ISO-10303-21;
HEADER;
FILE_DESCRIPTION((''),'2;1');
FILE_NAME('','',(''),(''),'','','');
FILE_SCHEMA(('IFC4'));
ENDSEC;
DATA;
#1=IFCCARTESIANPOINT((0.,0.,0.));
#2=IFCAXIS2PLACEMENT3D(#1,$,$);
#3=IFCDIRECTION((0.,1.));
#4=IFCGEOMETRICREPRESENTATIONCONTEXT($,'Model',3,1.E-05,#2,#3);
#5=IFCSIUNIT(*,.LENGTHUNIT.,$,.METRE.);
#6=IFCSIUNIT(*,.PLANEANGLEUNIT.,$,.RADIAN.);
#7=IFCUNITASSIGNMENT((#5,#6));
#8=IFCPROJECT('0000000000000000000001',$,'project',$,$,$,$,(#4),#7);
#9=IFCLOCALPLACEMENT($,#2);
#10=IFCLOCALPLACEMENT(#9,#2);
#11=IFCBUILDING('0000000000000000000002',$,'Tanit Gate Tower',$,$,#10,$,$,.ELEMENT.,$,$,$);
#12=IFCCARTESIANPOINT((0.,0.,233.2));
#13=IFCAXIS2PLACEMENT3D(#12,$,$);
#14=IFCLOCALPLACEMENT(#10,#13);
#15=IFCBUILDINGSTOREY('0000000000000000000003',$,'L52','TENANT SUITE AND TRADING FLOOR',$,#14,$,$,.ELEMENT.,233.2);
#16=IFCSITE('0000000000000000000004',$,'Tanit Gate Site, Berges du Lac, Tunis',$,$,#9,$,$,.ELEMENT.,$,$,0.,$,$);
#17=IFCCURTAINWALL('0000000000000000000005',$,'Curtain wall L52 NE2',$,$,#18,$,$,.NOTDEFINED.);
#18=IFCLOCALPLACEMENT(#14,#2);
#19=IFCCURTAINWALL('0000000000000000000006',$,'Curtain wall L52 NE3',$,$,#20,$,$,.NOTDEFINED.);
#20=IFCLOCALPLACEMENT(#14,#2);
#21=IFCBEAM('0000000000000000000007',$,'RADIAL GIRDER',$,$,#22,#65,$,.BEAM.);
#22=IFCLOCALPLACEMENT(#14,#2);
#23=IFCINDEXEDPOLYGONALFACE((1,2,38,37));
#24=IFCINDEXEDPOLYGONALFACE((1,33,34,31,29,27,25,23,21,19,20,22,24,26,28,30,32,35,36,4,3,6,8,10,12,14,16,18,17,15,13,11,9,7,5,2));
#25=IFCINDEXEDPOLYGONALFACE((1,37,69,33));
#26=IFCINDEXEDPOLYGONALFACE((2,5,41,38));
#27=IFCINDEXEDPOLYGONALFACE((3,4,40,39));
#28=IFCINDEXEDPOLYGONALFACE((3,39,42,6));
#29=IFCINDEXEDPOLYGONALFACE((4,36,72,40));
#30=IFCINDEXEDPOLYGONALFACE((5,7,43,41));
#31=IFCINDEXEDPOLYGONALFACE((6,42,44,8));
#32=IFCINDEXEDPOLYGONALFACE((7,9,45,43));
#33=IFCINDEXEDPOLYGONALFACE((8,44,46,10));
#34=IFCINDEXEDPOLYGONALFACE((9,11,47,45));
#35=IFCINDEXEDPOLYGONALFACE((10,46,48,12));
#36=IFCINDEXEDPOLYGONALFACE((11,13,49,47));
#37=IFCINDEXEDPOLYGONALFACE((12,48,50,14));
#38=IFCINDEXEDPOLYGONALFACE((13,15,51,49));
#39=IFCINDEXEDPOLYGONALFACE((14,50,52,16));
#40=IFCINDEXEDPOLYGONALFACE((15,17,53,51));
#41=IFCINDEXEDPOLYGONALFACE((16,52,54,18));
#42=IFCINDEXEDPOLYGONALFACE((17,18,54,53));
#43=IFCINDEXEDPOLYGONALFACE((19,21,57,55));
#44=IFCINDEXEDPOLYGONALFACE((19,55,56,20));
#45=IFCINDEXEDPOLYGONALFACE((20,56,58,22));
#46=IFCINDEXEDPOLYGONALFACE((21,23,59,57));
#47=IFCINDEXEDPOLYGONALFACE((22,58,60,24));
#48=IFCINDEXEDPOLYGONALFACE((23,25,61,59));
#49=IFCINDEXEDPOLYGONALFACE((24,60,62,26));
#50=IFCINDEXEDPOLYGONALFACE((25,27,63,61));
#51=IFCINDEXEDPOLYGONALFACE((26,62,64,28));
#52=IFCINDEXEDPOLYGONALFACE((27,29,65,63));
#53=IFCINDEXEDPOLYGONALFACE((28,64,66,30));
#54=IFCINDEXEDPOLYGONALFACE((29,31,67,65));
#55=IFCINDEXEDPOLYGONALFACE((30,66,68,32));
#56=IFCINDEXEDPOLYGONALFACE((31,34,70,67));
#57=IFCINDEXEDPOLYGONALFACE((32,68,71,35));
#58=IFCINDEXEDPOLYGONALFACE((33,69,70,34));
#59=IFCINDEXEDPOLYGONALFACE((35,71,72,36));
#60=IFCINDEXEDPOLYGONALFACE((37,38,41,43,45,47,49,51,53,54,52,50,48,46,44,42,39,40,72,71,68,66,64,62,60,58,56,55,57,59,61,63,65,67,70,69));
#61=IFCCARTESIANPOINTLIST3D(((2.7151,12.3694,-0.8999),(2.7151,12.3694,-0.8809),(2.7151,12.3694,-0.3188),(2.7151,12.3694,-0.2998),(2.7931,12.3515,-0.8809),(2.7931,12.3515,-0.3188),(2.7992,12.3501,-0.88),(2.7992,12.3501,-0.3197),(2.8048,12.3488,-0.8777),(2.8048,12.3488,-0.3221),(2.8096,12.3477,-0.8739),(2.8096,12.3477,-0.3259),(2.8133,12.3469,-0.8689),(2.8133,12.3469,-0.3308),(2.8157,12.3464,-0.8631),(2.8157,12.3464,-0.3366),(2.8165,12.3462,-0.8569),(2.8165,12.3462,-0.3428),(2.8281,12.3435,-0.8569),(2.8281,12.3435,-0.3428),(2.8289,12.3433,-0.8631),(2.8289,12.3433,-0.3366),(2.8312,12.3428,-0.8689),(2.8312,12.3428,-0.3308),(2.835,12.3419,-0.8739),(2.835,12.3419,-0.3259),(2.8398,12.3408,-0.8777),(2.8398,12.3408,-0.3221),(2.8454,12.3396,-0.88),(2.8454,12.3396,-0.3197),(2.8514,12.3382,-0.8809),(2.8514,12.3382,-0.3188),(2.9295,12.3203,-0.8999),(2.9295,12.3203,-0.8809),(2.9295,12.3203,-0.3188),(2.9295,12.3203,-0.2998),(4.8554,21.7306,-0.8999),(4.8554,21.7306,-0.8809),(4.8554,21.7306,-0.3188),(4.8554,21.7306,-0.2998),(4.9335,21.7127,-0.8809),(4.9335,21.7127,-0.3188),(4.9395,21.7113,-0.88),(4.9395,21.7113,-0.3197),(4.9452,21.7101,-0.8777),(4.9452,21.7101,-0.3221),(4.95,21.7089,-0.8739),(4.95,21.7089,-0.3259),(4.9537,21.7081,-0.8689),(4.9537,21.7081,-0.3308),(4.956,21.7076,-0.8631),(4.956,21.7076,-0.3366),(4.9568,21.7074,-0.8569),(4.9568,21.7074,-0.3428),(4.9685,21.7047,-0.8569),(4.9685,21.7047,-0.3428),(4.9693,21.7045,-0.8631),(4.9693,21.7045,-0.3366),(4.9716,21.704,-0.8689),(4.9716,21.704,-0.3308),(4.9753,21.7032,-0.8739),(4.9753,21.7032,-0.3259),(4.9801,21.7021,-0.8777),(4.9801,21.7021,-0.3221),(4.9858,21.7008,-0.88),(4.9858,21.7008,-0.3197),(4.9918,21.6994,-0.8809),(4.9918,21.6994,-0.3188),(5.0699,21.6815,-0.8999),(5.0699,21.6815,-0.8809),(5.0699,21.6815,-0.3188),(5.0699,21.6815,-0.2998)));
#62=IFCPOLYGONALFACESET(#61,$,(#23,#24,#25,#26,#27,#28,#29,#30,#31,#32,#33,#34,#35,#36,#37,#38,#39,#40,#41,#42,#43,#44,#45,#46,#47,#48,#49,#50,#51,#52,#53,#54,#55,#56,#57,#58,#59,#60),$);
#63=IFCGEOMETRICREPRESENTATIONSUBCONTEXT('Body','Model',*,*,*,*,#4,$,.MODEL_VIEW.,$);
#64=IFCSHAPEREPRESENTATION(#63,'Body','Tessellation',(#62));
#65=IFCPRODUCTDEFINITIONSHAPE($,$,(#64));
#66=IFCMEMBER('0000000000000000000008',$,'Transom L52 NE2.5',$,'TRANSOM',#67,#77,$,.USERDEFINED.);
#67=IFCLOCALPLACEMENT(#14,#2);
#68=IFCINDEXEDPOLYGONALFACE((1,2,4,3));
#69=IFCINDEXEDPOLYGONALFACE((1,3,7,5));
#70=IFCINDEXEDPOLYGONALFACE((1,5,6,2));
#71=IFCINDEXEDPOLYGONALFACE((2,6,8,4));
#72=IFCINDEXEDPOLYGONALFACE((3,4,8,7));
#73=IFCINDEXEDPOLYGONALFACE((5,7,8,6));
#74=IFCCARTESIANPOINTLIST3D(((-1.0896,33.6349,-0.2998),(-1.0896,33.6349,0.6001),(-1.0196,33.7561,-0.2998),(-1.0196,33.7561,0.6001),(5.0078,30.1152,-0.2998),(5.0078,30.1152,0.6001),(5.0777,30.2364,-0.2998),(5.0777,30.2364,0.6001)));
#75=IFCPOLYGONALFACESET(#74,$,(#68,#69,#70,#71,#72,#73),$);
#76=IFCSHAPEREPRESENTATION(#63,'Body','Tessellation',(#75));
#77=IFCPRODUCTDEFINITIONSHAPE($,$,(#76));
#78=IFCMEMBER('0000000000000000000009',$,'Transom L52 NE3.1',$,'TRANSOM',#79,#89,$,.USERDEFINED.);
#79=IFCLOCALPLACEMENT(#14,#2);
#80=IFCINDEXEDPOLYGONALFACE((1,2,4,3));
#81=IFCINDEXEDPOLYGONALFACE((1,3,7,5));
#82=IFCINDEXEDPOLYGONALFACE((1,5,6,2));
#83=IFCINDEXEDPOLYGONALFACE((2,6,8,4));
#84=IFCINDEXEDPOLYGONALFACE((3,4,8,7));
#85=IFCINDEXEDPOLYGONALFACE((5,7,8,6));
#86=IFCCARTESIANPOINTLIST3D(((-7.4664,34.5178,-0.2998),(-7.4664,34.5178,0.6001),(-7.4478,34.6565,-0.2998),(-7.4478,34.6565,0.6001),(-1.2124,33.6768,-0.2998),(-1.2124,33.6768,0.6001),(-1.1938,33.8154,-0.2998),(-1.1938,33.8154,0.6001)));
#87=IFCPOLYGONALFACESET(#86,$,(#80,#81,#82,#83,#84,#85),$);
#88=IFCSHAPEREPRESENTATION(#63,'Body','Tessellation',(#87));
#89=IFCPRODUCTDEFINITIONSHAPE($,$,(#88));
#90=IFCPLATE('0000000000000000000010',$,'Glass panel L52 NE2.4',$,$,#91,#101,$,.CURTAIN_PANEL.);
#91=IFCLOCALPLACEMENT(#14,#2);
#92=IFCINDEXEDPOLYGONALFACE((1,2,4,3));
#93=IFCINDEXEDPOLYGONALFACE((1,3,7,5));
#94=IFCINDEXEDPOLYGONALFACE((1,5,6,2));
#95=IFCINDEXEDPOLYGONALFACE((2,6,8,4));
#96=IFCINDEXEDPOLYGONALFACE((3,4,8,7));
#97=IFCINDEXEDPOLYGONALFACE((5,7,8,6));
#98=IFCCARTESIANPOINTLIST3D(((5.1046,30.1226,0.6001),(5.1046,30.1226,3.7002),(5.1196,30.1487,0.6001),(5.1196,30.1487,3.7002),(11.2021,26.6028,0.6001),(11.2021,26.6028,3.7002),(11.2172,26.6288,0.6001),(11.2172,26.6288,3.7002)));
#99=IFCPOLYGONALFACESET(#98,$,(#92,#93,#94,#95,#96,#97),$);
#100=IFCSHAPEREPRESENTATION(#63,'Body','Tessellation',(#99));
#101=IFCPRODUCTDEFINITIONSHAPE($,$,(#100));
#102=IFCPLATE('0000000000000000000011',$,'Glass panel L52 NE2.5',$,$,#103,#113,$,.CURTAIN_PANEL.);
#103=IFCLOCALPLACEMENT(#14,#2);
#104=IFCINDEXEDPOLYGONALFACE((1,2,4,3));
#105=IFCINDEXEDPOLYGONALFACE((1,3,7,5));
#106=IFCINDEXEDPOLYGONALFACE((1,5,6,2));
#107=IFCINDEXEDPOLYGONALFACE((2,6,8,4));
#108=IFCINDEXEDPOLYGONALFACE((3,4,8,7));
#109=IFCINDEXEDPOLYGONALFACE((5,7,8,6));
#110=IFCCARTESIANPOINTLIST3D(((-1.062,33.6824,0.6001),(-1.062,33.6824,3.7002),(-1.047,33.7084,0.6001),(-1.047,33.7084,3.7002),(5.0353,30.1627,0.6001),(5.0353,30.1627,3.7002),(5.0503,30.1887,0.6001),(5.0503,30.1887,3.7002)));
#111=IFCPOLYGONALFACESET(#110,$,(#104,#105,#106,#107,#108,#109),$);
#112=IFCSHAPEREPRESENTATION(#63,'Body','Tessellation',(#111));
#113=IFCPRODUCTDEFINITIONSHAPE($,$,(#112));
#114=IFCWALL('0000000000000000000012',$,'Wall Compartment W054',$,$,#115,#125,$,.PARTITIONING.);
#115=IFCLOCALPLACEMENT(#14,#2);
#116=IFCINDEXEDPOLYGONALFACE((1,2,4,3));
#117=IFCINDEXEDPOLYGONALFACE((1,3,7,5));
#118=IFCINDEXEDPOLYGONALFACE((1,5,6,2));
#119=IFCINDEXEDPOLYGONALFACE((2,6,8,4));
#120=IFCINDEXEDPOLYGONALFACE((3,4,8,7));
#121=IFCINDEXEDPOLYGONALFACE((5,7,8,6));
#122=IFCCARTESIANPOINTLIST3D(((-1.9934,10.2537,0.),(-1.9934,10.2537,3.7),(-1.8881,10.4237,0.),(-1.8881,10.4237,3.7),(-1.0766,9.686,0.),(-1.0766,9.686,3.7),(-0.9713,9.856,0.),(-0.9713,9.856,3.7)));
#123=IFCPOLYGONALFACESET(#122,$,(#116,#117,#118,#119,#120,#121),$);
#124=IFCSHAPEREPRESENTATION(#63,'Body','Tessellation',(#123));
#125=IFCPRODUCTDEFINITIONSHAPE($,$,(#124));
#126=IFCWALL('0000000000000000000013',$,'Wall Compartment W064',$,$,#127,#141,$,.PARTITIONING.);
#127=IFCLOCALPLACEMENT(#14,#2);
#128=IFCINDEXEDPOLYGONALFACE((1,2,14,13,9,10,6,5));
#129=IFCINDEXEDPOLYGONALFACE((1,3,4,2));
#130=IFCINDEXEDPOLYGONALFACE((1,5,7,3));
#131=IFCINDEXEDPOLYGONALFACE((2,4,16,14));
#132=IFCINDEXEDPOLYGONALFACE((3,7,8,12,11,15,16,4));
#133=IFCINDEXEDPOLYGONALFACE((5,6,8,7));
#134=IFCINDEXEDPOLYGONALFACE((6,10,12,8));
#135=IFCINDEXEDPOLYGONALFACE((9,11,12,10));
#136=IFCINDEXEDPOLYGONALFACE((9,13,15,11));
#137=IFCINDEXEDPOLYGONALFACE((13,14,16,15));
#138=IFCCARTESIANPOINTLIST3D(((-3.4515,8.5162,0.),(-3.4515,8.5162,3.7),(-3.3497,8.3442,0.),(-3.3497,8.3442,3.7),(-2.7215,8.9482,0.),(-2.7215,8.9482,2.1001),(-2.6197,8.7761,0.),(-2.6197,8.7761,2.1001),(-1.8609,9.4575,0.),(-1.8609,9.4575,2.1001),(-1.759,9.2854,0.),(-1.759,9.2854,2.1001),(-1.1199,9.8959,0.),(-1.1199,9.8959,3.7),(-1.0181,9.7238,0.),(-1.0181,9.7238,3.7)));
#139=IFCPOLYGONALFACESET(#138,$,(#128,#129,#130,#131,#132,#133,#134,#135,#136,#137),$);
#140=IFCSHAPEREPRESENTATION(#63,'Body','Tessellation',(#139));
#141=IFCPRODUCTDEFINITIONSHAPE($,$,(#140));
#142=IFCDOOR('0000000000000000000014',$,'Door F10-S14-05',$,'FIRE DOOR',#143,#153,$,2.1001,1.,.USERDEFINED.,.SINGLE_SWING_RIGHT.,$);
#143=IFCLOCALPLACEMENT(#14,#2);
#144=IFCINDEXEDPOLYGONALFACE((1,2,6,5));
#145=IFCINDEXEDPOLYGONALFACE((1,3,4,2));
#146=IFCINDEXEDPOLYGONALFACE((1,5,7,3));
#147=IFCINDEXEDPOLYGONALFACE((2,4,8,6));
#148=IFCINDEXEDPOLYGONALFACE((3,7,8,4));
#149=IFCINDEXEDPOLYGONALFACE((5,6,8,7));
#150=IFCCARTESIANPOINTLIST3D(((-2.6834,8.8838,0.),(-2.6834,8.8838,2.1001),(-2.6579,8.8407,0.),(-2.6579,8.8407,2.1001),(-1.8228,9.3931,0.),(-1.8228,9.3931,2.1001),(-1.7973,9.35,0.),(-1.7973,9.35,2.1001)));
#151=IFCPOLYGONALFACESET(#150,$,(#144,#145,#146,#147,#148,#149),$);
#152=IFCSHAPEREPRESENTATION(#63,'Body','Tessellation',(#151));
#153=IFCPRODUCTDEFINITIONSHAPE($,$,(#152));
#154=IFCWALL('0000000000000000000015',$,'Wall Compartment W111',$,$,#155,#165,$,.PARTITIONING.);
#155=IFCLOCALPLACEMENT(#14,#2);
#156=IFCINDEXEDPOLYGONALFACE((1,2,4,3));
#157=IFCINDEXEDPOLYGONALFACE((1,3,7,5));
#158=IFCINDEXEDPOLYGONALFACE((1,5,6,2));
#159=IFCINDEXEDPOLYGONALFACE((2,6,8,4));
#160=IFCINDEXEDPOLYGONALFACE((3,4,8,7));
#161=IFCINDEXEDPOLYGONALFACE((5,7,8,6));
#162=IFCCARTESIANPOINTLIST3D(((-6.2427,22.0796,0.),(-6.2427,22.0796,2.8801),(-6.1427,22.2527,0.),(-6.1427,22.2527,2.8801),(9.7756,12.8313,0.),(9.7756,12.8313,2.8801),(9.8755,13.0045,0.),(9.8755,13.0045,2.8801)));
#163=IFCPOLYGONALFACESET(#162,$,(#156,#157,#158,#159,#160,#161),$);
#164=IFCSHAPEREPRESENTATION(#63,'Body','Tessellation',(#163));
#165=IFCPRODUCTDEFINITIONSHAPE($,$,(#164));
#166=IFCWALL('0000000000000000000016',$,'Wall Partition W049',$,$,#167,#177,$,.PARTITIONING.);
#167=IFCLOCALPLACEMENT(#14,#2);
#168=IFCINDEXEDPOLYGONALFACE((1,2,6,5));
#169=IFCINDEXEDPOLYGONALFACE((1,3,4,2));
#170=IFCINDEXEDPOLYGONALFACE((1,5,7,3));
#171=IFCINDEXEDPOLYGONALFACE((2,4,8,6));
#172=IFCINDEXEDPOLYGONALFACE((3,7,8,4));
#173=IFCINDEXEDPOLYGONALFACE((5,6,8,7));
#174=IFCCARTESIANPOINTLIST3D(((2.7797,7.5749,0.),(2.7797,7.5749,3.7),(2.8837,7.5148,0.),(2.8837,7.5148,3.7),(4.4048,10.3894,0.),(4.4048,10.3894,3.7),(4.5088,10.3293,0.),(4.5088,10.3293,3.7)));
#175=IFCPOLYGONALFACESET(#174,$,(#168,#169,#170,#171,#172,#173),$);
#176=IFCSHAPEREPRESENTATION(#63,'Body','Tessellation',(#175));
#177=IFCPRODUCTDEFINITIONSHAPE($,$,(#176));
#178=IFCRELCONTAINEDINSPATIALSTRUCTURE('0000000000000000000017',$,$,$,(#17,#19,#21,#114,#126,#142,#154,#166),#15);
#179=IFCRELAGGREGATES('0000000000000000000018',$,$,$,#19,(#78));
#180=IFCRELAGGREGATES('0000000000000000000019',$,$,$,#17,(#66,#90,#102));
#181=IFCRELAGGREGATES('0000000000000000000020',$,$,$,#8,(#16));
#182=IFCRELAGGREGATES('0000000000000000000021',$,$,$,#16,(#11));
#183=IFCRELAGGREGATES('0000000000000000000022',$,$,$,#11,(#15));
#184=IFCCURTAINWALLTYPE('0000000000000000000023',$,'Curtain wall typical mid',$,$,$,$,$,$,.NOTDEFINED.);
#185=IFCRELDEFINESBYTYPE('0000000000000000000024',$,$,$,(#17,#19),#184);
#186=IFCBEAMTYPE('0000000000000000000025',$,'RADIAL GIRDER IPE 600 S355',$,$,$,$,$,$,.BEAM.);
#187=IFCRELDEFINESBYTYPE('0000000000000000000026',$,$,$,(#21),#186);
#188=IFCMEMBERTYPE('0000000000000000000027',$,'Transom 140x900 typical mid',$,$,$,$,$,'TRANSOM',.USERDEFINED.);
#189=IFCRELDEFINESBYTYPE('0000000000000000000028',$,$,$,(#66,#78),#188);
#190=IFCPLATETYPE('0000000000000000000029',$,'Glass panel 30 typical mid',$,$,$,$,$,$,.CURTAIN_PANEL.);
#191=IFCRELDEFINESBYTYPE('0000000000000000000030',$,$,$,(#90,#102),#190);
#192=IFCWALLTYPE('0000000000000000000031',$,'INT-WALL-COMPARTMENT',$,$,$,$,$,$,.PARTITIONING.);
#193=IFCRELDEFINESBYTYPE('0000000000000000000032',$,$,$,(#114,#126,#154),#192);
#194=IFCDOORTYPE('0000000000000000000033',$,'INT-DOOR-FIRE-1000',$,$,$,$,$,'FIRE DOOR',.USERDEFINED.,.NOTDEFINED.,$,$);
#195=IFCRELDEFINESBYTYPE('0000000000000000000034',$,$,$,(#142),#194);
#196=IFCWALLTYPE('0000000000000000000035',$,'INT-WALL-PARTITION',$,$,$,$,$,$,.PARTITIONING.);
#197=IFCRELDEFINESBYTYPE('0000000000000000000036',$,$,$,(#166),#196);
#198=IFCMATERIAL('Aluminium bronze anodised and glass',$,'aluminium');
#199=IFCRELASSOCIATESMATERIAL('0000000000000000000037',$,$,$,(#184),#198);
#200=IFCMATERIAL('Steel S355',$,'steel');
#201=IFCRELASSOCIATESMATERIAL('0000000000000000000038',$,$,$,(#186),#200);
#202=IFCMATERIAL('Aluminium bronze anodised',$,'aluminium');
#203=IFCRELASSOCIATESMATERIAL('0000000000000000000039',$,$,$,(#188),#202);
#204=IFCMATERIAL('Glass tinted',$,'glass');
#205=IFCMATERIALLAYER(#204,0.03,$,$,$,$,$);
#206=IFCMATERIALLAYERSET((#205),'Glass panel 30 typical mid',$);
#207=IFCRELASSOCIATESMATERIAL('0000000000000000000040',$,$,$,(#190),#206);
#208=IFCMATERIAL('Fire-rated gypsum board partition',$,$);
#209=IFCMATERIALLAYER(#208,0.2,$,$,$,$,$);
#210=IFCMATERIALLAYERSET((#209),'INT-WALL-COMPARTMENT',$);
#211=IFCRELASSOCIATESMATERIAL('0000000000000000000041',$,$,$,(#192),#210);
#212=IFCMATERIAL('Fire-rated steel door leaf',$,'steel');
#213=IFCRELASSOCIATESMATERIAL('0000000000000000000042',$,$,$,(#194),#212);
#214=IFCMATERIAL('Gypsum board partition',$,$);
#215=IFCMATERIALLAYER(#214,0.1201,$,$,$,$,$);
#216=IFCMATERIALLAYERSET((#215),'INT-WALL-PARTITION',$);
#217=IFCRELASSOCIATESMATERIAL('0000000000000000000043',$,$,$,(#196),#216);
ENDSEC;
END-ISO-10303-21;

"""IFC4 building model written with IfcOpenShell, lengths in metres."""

from ifc_helpers import new_model, si_unit, direction, frame, frame_2d, origin, origin_2d, place, context, subcontext, project, spatial, rectangle, i_section, extrude, material, layer, layer_set, material_profile, profile_set, type_object, element, fill, aggregate, save


model = new_model("IFC4")

# Units and contexts
model_context = context("Model", 3, precision=1e-05, world=origin(), true_north=direction((0.0, 1.0)))
body_context = subcontext(model_context, "Body", "Model", "MODEL_VIEW")
ifc_project = project(units=[si_unit("LENGTHUNIT", "METRE"), si_unit("PLANEANGLEUNIT", "RADIAN")], contexts=[model_context])

# Site, building, storey
site_placement = place(None, origin())
site = spatial("IfcSite", under=ifc_project, at=site_placement, Name="Tanit Gate Site, Berges du Lac, Tunis", CompositionType="ELEMENT", RefElevation=0.0)
building_placement = place(site_placement, origin())
building = spatial("IfcBuilding", under=site, at=building_placement, Name="Tanit Gate Tower", CompositionType="ELEMENT")
storey_placement = place(building_placement, frame((0.0, 0.0, 233.2)))
storey = spatial("IfcBuildingStorey", under=building, at=storey_placement, Name="L52", Description="TENANT SUITE AND TRADING FLOOR", CompositionType="ELEMENT", Elevation=233.2)

# Curtain walls
ifc_material_1 = material(Name="Aluminium bronze anodised and glass", Category="aluminium")
curtain_wall_type = type_object("IfcCurtainWallType", Name="Curtain wall typical mid", PredefinedType="NOTDEFINED", material=ifc_material_1)
curtain_wall_1_placement = place(storey_placement, origin())
curtain_wall_1 = element("IfcCurtainWall", 1, at=curtain_wall_1_placement, inside=storey, type_object=curtain_wall_type, Name="Curtain wall L52 NE2", PredefinedType="NOTDEFINED")
curtain_wall_2_placement = place(storey_placement, origin())
curtain_wall_2 = element("IfcCurtainWall", 2, at=curtain_wall_2_placement, inside=storey, type_object=curtain_wall_type, Name="Curtain wall L52 NE3", PredefinedType="NOTDEFINED")

# Beam
ifc_material_2 = material(Name="Steel S355", Category="steel")
ifc_material_profile_1 = material_profile(ifc_material_2, i_section(OverallWidth=0.22, OverallDepth=0.6001, WebThickness=0.012, FlangeThickness=0.019, FilletRadius=0.0239, at=origin_2d()), Name="IPE 600")
ifc_profile_set_1 = profile_set([ifc_material_profile_1], Name="Steel S355")
beam_type_1 = type_object("IfcBeamType", Name="RADIAL GIRDER IPE 600 S355", PredefinedType="BEAM", material=ifc_profile_set_1)
beam_1_placement = place(storey_placement, frame((4.9626, 21.7061, -0.5999), z_axis=(-0.222889, -0.974844, 0.0), x_axis=(0.974844, -0.222889, 0.0)))
element("IfcBeam", 3, at=beam_1_placement, inside=storey, type_object=beam_type_1, Name="RADIAL GIRDER", PredefinedType="BEAM", context=body_context, shape_type="SweptSolid", body=[
    extrude(i_section(OverallWidth=0.22, OverallDepth=0.6001, WebThickness=0.012, FlangeThickness=0.019, FilletRadius=0.0239, at=origin_2d()), origin(), (0.0, 0.0, 1.0), 9.6028),
])

# Members
ifc_material_3 = material(Name="Aluminium bronze anodised", Category="aluminium")
ifc_material_profile_2 = material_profile(ifc_material_3, rectangle(XDim=0.1399, YDim=0.8999, at=origin_2d()), Name="140x900 bronze transom")
ifc_profile_set_2 = profile_set([ifc_material_profile_2], Name="Aluminium bronze anodised")
member_type_1 = type_object("IfcMemberType", Name="Transom 140x900 typical mid", ElementType="TRANSOM", PredefinedType="USERDEFINED", material=ifc_profile_set_2)
member_1_placement = place(storey_placement, frame((5.0427, 30.1758, 0.1501), z_axis=(-0.86606, 0.49994, 0.0), x_axis=(-0.49994, -0.86606, 0.0)))
member_1 = element("IfcMember", 4, at=member_1_placement, type_object=member_type_1, Name="Transom L52 NE2.5", ObjectType="TRANSOM", PredefinedType="USERDEFINED", context=body_context, shape_type="SweptSolid", body=[
    extrude(rectangle(XDim=0.1399, YDim=0.8999, at=origin_2d()), origin(), (0.0, 0.0, 1.0), 7.0403),
])
member_2_placement = place(storey_placement, frame((-1.2031, 33.7461, 0.1501), z_axis=(-0.991078, 0.133286, 0.0), x_axis=(-0.133286, -0.991078, 0.0)))
member_2 = element("IfcMember", 5, at=member_2_placement, type_object=member_type_1, Name="Transom L52 NE3.1", ObjectType="TRANSOM", PredefinedType="USERDEFINED", context=body_context, shape_type="SweptSolid", body=[
    extrude(rectangle(XDim=0.1399, YDim=0.8999, at=origin_2d()), origin(), (0.0, 0.0, 1.0), 6.3103),
])
aggregate(curtain_wall_2, [member_2])

# Plates
ifc_material_4 = material(Name="Glass tinted", Category="glass")
ifc_layer_1 = layer(ifc_material_4, 0.03)
ifc_layer_set_1 = layer_set([ifc_layer_1], Name="Glass panel 30 typical mid")
plate_type = type_object("IfcPlateType", Name="Glass panel 30 typical mid", PredefinedType="CURTAIN_PANEL", material=ifc_layer_set_1)
plate_1_placement = place(storey_placement, frame((8.1609, 28.3757, 0.6001), z_axis=(0.0, 0.0, 1.0), x_axis=(-0.86606, 0.49994, 0.0)))
plate_1 = element("IfcPlate", 6, at=plate_1_placement, type_object=plate_type, Name="Glass panel L52 NE2.4", PredefinedType="CURTAIN_PANEL", context=body_context, shape_type="SweptSolid", body=[
    extrude(rectangle(XDim=7.0405, YDim=0.03, at=origin_2d()), origin(), (0.0, 0.0, 1.0), 3.1001),
])
plate_2_placement = place(storey_placement, frame((1.9941, 31.9355, 0.6001), z_axis=(0.0, 0.0, 1.0), x_axis=(-0.86606, 0.49994, 0.0)))
plate_2 = element("IfcPlate", 7, at=plate_2_placement, type_object=plate_type, Name="Glass panel L52 NE2.5", PredefinedType="CURTAIN_PANEL", context=body_context, shape_type="SweptSolid", body=[
    extrude(rectangle(XDim=7.0403, YDim=0.03, at=origin_2d()), origin(), (0.0, 0.0, 1.0), 3.1001),
])
aggregate(curtain_wall_1, [member_1, plate_1, plate_2])

# Wall
ifc_material_5 = material(Name="Fire-rated gypsum board partition")
ifc_layer_2 = layer(ifc_material_5, 0.2)
ifc_layer_set_2 = layer_set([ifc_layer_2], Name="INT-WALL-COMPARTMENT")
wall_type_1 = type_object("IfcWallType", Name="INT-WALL-COMPARTMENT", PredefinedType="PARTITIONING", material=ifc_layer_set_2)
wall_1_placement = place(storey_placement, frame((-1.9407, 10.3386, 0.0), z_axis=(0.0, 0.0, 1.0), x_axis=(0.850217, -0.526433, 0.0)))
element("IfcWall", 8, at=wall_1_placement, inside=storey, type_object=wall_type_1, Name="Wall Compartment W054", PredefinedType="PARTITIONING", context=body_context, shape_type="SweptSolid", body=[
    extrude(rectangle(XDim=1.0784, YDim=0.2, at=frame_2d((0.5391, 0.0))), origin(), (0.0, 0.0, 1.0), 3.7),
])

# Wall, opening, door
wall_2_placement = place(storey_placement, frame((-1.0691, 9.8098, 0.0), z_axis=(0.0, 0.0, 1.0), x_axis=(-0.860618, -0.509251, 0.0)))
wall_2 = element("IfcWall", 9, at=wall_2_placement, inside=storey, type_object=wall_type_1, Name="Wall Compartment W064", PredefinedType="PARTITIONING", context=body_context, shape_type="SweptSolid", body=[
    extrude(rectangle(XDim=2.7092, YDim=0.2, at=frame_2d((1.3545, 0.0))), origin(), (0.0, 0.0, 1.0), 3.7),
])
opening_1_placement = place(wall_2_placement, frame((0.8608, 0.0, 0.0)))
opening_1 = element("IfcOpeningElement", 10, at=opening_1_placement, cuts=wall_2, PredefinedType="OPENING", context=body_context, shape_type="SweptSolid", body=[
    extrude(rectangle(XDim=1.0, YDim=2.1001, at=frame_2d((0.5, 1.05))), frame((0.0, 0.1099, 0.0), z_axis=(0.0, -1.0, 0.0), x_axis=(1.0, 0.0, 0.0)), (0.0, 0.0, 1.0), 0.22),
])
ifc_material_6 = material(Name="Fire-rated steel door leaf", Category="steel")
door_type_1 = type_object("IfcDoorType", Name="INT-DOOR-FIRE-1000", ElementType="FIRE DOOR", OperationType="NOTDEFINED", PredefinedType="USERDEFINED", material=ifc_material_6)
door_1_placement = place(opening_1_placement, origin())
door_1 = element("IfcDoor", 11, at=door_1_placement, inside=storey, type_object=door_type_1, Name="Door F10-S14-05", ObjectType="FIRE DOOR", OperationType="SINGLE_SWING_RIGHT", OverallHeight=2.1001, OverallWidth=1.0, PredefinedType="USERDEFINED", context=body_context, shape_type="SweptSolid", body=[
    extrude(rectangle(XDim=1.0, YDim=2.1001, at=frame_2d((0.5, 1.05))), frame((0.0, 0.0249, 0.0), z_axis=(0.0, -1.0, 0.0), x_axis=(1.0, 0.0, 0.0)), (0.0, 0.0, 1.0), 0.05),
])
fill(opening_1, door_1)

# Walls
wall_3_placement = place(storey_placement, frame((9.8254, 12.918, 0.0), z_axis=(0.0, 0.0, 1.0), x_axis=(-0.866023, 0.500005, 0.0)))
element("IfcWall", 12, at=wall_3_placement, inside=storey, type_object=wall_type_1, Name="Wall Compartment W111", PredefinedType="PARTITIONING", context=body_context, shape_type="SweptSolid", body=[
    extrude(rectangle(XDim=18.4963, YDim=0.2, at=frame_2d((9.248, 0.0))), origin(), (0.0, 0.0, 1.0), 2.8801),
])
ifc_material_7 = material(Name="Gypsum board partition")
ifc_layer_3 = layer(ifc_material_7, 0.1201)
ifc_layer_set_3 = layer_set([ifc_layer_3], Name="INT-WALL-PARTITION")
wall_type_2 = type_object("IfcWallType", Name="INT-WALL-PARTITION", PredefinedType="PARTITIONING", material=ifc_layer_set_3)
wall_4_placement = place(storey_placement, frame((4.4568, 10.3594, 0.0), z_axis=(0.0, 0.0, 1.0), x_axis=(-0.500017, -0.866015, 0.0)))
element("IfcWall", 13, at=wall_4_placement, inside=storey, type_object=wall_type_2, Name="Wall Partition W049", PredefinedType="PARTITIONING", context=body_context, shape_type="SweptSolid", body=[
    extrude(rectangle(XDim=3.25, YDim=0.1201, at=frame_2d((1.625, 0.0))), origin(), (0.0, 0.0, 1.0), 3.7),
])

save(model, "model.ifc")
